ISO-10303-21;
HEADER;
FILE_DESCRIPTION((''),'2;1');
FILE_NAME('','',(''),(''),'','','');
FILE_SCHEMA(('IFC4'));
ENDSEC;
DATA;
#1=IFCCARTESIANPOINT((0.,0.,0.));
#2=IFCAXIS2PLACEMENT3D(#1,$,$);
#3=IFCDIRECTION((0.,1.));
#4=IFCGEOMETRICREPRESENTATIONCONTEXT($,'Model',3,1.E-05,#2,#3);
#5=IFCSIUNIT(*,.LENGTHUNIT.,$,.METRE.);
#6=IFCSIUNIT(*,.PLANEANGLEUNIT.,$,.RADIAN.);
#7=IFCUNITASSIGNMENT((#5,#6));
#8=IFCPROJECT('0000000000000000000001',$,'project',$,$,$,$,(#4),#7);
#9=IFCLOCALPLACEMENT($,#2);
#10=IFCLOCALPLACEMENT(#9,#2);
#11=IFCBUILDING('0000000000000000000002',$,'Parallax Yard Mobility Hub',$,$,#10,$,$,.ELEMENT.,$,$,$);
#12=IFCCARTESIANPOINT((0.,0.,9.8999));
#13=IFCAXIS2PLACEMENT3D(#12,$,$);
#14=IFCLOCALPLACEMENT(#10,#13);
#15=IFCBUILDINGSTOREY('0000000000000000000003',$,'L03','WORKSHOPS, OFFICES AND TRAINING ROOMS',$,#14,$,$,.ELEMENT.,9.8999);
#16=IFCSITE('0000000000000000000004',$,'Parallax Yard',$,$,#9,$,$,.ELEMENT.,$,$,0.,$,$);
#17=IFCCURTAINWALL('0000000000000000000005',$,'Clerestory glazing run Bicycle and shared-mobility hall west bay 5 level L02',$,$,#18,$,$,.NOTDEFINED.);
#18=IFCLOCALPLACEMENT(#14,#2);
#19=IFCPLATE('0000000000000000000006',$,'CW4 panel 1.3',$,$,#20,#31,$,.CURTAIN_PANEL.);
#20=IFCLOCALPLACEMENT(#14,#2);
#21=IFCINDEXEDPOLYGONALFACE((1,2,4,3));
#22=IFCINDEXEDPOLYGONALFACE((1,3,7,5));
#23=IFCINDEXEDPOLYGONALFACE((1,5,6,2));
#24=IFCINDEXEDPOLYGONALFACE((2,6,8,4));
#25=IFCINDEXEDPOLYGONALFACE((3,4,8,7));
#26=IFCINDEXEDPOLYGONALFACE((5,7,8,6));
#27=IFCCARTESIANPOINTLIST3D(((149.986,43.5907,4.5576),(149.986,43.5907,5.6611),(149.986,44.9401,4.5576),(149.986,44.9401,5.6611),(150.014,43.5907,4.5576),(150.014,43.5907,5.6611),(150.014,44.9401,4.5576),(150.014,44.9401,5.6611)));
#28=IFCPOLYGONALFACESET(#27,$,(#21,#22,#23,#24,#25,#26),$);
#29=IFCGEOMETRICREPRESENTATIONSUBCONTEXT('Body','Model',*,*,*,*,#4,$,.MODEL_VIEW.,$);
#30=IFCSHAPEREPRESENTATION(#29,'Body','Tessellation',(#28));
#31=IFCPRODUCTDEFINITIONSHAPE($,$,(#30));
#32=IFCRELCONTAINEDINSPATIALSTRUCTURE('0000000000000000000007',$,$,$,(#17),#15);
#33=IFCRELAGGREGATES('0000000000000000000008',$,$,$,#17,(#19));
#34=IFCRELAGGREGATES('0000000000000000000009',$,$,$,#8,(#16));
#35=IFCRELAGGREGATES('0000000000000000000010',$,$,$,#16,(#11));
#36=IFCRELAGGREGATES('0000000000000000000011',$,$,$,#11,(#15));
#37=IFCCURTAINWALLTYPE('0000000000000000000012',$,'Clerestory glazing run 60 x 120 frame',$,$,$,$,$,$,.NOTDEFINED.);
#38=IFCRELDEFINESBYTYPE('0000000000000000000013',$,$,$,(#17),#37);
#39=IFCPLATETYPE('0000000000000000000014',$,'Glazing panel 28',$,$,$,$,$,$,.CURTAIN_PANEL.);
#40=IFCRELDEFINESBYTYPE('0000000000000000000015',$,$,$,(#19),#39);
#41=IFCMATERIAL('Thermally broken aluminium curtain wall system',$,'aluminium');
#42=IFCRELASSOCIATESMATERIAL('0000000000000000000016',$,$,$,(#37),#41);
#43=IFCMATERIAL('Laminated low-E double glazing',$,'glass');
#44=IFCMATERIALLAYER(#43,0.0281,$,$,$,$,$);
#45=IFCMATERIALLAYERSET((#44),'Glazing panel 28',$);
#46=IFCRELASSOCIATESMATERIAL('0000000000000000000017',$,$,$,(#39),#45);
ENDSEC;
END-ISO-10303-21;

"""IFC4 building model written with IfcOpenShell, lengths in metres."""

from ifc_helpers import new_model, si_unit, direction, frame, origin, origin_2d, place, context, subcontext, project, spatial, rectangle, extrude, material, layer, layer_set, type_object, element, aggregate, save


model = new_model("IFC4")

# Units and contexts
model_context = context("Model", 3, precision=1e-05, world=origin(), true_north=direction((0.0, 1.0)))
body_context = subcontext(model_context, "Body", "Model", "MODEL_VIEW")
ifc_project = project(units=[si_unit("LENGTHUNIT", "METRE"), si_unit("PLANEANGLEUNIT", "RADIAN")], contexts=[model_context])

# Site, building, storey
site_placement = place(None, origin())
site = spatial("IfcSite", under=ifc_project, at=site_placement, Name="Parallax Yard", CompositionType="ELEMENT", RefElevation=0.0)
building_placement = place(site_placement, origin())
building = spatial("IfcBuilding", under=site, at=building_placement, Name="Parallax Yard Mobility Hub", CompositionType="ELEMENT")
storey_placement = place(building_placement, frame((0.0, 0.0, 9.8999)))
storey = spatial("IfcBuildingStorey", under=building, at=storey_placement, Name="L03", Description="WORKSHOPS, OFFICES AND TRAINING ROOMS", CompositionType="ELEMENT", Elevation=9.8999)

# Shared definitions
ifc_material_1 = material(Name="Thermally broken aluminium curtain wall system", Category="aluminium")
curtain_wall_type = type_object("IfcCurtainWallType", Name="Clerestory glazing run 60 x 120 frame", PredefinedType="NOTDEFINED", material=ifc_material_1)

# Curtain wall
curtain_wall_1_placement = place(storey_placement, origin())
curtain_wall_1 = element("IfcCurtainWall", 1, at=curtain_wall_1_placement, inside=storey, type_object=curtain_wall_type, Name="Clerestory glazing run Bicycle and shared-mobility hall west bay 5 level L02", PredefinedType="NOTDEFINED")

# Plate
ifc_material_2 = material(Name="Laminated low-E double glazing", Category="glass")
ifc_layer = layer(ifc_material_2, 0.0281)
ifc_layer_set = layer_set([ifc_layer], Name="Glazing panel 28")
plate_type = type_object("IfcPlateType", Name="Glazing panel 28", PredefinedType="CURTAIN_PANEL", material=ifc_layer_set)
plate_1_placement = place(storey_placement, frame((150.0, 44.2654, 4.5576), z_axis=(0.0, 0.0, 1.0), x_axis=(0.0, 1.0, 0.0)))
plate_1 = element("IfcPlate", 2, at=plate_1_placement, type_object=plate_type, Name="CW4 panel 1.3", PredefinedType="CURTAIN_PANEL", context=body_context, shape_type="SweptSolid", body=[
    extrude(rectangle(XDim=1.3494, YDim=0.0281, at=origin_2d()), origin(), (0.0, 0.0, 1.0), 1.1035),
])
aggregate(curtain_wall_1, [plate_1])

save(model, "model.ifc")
